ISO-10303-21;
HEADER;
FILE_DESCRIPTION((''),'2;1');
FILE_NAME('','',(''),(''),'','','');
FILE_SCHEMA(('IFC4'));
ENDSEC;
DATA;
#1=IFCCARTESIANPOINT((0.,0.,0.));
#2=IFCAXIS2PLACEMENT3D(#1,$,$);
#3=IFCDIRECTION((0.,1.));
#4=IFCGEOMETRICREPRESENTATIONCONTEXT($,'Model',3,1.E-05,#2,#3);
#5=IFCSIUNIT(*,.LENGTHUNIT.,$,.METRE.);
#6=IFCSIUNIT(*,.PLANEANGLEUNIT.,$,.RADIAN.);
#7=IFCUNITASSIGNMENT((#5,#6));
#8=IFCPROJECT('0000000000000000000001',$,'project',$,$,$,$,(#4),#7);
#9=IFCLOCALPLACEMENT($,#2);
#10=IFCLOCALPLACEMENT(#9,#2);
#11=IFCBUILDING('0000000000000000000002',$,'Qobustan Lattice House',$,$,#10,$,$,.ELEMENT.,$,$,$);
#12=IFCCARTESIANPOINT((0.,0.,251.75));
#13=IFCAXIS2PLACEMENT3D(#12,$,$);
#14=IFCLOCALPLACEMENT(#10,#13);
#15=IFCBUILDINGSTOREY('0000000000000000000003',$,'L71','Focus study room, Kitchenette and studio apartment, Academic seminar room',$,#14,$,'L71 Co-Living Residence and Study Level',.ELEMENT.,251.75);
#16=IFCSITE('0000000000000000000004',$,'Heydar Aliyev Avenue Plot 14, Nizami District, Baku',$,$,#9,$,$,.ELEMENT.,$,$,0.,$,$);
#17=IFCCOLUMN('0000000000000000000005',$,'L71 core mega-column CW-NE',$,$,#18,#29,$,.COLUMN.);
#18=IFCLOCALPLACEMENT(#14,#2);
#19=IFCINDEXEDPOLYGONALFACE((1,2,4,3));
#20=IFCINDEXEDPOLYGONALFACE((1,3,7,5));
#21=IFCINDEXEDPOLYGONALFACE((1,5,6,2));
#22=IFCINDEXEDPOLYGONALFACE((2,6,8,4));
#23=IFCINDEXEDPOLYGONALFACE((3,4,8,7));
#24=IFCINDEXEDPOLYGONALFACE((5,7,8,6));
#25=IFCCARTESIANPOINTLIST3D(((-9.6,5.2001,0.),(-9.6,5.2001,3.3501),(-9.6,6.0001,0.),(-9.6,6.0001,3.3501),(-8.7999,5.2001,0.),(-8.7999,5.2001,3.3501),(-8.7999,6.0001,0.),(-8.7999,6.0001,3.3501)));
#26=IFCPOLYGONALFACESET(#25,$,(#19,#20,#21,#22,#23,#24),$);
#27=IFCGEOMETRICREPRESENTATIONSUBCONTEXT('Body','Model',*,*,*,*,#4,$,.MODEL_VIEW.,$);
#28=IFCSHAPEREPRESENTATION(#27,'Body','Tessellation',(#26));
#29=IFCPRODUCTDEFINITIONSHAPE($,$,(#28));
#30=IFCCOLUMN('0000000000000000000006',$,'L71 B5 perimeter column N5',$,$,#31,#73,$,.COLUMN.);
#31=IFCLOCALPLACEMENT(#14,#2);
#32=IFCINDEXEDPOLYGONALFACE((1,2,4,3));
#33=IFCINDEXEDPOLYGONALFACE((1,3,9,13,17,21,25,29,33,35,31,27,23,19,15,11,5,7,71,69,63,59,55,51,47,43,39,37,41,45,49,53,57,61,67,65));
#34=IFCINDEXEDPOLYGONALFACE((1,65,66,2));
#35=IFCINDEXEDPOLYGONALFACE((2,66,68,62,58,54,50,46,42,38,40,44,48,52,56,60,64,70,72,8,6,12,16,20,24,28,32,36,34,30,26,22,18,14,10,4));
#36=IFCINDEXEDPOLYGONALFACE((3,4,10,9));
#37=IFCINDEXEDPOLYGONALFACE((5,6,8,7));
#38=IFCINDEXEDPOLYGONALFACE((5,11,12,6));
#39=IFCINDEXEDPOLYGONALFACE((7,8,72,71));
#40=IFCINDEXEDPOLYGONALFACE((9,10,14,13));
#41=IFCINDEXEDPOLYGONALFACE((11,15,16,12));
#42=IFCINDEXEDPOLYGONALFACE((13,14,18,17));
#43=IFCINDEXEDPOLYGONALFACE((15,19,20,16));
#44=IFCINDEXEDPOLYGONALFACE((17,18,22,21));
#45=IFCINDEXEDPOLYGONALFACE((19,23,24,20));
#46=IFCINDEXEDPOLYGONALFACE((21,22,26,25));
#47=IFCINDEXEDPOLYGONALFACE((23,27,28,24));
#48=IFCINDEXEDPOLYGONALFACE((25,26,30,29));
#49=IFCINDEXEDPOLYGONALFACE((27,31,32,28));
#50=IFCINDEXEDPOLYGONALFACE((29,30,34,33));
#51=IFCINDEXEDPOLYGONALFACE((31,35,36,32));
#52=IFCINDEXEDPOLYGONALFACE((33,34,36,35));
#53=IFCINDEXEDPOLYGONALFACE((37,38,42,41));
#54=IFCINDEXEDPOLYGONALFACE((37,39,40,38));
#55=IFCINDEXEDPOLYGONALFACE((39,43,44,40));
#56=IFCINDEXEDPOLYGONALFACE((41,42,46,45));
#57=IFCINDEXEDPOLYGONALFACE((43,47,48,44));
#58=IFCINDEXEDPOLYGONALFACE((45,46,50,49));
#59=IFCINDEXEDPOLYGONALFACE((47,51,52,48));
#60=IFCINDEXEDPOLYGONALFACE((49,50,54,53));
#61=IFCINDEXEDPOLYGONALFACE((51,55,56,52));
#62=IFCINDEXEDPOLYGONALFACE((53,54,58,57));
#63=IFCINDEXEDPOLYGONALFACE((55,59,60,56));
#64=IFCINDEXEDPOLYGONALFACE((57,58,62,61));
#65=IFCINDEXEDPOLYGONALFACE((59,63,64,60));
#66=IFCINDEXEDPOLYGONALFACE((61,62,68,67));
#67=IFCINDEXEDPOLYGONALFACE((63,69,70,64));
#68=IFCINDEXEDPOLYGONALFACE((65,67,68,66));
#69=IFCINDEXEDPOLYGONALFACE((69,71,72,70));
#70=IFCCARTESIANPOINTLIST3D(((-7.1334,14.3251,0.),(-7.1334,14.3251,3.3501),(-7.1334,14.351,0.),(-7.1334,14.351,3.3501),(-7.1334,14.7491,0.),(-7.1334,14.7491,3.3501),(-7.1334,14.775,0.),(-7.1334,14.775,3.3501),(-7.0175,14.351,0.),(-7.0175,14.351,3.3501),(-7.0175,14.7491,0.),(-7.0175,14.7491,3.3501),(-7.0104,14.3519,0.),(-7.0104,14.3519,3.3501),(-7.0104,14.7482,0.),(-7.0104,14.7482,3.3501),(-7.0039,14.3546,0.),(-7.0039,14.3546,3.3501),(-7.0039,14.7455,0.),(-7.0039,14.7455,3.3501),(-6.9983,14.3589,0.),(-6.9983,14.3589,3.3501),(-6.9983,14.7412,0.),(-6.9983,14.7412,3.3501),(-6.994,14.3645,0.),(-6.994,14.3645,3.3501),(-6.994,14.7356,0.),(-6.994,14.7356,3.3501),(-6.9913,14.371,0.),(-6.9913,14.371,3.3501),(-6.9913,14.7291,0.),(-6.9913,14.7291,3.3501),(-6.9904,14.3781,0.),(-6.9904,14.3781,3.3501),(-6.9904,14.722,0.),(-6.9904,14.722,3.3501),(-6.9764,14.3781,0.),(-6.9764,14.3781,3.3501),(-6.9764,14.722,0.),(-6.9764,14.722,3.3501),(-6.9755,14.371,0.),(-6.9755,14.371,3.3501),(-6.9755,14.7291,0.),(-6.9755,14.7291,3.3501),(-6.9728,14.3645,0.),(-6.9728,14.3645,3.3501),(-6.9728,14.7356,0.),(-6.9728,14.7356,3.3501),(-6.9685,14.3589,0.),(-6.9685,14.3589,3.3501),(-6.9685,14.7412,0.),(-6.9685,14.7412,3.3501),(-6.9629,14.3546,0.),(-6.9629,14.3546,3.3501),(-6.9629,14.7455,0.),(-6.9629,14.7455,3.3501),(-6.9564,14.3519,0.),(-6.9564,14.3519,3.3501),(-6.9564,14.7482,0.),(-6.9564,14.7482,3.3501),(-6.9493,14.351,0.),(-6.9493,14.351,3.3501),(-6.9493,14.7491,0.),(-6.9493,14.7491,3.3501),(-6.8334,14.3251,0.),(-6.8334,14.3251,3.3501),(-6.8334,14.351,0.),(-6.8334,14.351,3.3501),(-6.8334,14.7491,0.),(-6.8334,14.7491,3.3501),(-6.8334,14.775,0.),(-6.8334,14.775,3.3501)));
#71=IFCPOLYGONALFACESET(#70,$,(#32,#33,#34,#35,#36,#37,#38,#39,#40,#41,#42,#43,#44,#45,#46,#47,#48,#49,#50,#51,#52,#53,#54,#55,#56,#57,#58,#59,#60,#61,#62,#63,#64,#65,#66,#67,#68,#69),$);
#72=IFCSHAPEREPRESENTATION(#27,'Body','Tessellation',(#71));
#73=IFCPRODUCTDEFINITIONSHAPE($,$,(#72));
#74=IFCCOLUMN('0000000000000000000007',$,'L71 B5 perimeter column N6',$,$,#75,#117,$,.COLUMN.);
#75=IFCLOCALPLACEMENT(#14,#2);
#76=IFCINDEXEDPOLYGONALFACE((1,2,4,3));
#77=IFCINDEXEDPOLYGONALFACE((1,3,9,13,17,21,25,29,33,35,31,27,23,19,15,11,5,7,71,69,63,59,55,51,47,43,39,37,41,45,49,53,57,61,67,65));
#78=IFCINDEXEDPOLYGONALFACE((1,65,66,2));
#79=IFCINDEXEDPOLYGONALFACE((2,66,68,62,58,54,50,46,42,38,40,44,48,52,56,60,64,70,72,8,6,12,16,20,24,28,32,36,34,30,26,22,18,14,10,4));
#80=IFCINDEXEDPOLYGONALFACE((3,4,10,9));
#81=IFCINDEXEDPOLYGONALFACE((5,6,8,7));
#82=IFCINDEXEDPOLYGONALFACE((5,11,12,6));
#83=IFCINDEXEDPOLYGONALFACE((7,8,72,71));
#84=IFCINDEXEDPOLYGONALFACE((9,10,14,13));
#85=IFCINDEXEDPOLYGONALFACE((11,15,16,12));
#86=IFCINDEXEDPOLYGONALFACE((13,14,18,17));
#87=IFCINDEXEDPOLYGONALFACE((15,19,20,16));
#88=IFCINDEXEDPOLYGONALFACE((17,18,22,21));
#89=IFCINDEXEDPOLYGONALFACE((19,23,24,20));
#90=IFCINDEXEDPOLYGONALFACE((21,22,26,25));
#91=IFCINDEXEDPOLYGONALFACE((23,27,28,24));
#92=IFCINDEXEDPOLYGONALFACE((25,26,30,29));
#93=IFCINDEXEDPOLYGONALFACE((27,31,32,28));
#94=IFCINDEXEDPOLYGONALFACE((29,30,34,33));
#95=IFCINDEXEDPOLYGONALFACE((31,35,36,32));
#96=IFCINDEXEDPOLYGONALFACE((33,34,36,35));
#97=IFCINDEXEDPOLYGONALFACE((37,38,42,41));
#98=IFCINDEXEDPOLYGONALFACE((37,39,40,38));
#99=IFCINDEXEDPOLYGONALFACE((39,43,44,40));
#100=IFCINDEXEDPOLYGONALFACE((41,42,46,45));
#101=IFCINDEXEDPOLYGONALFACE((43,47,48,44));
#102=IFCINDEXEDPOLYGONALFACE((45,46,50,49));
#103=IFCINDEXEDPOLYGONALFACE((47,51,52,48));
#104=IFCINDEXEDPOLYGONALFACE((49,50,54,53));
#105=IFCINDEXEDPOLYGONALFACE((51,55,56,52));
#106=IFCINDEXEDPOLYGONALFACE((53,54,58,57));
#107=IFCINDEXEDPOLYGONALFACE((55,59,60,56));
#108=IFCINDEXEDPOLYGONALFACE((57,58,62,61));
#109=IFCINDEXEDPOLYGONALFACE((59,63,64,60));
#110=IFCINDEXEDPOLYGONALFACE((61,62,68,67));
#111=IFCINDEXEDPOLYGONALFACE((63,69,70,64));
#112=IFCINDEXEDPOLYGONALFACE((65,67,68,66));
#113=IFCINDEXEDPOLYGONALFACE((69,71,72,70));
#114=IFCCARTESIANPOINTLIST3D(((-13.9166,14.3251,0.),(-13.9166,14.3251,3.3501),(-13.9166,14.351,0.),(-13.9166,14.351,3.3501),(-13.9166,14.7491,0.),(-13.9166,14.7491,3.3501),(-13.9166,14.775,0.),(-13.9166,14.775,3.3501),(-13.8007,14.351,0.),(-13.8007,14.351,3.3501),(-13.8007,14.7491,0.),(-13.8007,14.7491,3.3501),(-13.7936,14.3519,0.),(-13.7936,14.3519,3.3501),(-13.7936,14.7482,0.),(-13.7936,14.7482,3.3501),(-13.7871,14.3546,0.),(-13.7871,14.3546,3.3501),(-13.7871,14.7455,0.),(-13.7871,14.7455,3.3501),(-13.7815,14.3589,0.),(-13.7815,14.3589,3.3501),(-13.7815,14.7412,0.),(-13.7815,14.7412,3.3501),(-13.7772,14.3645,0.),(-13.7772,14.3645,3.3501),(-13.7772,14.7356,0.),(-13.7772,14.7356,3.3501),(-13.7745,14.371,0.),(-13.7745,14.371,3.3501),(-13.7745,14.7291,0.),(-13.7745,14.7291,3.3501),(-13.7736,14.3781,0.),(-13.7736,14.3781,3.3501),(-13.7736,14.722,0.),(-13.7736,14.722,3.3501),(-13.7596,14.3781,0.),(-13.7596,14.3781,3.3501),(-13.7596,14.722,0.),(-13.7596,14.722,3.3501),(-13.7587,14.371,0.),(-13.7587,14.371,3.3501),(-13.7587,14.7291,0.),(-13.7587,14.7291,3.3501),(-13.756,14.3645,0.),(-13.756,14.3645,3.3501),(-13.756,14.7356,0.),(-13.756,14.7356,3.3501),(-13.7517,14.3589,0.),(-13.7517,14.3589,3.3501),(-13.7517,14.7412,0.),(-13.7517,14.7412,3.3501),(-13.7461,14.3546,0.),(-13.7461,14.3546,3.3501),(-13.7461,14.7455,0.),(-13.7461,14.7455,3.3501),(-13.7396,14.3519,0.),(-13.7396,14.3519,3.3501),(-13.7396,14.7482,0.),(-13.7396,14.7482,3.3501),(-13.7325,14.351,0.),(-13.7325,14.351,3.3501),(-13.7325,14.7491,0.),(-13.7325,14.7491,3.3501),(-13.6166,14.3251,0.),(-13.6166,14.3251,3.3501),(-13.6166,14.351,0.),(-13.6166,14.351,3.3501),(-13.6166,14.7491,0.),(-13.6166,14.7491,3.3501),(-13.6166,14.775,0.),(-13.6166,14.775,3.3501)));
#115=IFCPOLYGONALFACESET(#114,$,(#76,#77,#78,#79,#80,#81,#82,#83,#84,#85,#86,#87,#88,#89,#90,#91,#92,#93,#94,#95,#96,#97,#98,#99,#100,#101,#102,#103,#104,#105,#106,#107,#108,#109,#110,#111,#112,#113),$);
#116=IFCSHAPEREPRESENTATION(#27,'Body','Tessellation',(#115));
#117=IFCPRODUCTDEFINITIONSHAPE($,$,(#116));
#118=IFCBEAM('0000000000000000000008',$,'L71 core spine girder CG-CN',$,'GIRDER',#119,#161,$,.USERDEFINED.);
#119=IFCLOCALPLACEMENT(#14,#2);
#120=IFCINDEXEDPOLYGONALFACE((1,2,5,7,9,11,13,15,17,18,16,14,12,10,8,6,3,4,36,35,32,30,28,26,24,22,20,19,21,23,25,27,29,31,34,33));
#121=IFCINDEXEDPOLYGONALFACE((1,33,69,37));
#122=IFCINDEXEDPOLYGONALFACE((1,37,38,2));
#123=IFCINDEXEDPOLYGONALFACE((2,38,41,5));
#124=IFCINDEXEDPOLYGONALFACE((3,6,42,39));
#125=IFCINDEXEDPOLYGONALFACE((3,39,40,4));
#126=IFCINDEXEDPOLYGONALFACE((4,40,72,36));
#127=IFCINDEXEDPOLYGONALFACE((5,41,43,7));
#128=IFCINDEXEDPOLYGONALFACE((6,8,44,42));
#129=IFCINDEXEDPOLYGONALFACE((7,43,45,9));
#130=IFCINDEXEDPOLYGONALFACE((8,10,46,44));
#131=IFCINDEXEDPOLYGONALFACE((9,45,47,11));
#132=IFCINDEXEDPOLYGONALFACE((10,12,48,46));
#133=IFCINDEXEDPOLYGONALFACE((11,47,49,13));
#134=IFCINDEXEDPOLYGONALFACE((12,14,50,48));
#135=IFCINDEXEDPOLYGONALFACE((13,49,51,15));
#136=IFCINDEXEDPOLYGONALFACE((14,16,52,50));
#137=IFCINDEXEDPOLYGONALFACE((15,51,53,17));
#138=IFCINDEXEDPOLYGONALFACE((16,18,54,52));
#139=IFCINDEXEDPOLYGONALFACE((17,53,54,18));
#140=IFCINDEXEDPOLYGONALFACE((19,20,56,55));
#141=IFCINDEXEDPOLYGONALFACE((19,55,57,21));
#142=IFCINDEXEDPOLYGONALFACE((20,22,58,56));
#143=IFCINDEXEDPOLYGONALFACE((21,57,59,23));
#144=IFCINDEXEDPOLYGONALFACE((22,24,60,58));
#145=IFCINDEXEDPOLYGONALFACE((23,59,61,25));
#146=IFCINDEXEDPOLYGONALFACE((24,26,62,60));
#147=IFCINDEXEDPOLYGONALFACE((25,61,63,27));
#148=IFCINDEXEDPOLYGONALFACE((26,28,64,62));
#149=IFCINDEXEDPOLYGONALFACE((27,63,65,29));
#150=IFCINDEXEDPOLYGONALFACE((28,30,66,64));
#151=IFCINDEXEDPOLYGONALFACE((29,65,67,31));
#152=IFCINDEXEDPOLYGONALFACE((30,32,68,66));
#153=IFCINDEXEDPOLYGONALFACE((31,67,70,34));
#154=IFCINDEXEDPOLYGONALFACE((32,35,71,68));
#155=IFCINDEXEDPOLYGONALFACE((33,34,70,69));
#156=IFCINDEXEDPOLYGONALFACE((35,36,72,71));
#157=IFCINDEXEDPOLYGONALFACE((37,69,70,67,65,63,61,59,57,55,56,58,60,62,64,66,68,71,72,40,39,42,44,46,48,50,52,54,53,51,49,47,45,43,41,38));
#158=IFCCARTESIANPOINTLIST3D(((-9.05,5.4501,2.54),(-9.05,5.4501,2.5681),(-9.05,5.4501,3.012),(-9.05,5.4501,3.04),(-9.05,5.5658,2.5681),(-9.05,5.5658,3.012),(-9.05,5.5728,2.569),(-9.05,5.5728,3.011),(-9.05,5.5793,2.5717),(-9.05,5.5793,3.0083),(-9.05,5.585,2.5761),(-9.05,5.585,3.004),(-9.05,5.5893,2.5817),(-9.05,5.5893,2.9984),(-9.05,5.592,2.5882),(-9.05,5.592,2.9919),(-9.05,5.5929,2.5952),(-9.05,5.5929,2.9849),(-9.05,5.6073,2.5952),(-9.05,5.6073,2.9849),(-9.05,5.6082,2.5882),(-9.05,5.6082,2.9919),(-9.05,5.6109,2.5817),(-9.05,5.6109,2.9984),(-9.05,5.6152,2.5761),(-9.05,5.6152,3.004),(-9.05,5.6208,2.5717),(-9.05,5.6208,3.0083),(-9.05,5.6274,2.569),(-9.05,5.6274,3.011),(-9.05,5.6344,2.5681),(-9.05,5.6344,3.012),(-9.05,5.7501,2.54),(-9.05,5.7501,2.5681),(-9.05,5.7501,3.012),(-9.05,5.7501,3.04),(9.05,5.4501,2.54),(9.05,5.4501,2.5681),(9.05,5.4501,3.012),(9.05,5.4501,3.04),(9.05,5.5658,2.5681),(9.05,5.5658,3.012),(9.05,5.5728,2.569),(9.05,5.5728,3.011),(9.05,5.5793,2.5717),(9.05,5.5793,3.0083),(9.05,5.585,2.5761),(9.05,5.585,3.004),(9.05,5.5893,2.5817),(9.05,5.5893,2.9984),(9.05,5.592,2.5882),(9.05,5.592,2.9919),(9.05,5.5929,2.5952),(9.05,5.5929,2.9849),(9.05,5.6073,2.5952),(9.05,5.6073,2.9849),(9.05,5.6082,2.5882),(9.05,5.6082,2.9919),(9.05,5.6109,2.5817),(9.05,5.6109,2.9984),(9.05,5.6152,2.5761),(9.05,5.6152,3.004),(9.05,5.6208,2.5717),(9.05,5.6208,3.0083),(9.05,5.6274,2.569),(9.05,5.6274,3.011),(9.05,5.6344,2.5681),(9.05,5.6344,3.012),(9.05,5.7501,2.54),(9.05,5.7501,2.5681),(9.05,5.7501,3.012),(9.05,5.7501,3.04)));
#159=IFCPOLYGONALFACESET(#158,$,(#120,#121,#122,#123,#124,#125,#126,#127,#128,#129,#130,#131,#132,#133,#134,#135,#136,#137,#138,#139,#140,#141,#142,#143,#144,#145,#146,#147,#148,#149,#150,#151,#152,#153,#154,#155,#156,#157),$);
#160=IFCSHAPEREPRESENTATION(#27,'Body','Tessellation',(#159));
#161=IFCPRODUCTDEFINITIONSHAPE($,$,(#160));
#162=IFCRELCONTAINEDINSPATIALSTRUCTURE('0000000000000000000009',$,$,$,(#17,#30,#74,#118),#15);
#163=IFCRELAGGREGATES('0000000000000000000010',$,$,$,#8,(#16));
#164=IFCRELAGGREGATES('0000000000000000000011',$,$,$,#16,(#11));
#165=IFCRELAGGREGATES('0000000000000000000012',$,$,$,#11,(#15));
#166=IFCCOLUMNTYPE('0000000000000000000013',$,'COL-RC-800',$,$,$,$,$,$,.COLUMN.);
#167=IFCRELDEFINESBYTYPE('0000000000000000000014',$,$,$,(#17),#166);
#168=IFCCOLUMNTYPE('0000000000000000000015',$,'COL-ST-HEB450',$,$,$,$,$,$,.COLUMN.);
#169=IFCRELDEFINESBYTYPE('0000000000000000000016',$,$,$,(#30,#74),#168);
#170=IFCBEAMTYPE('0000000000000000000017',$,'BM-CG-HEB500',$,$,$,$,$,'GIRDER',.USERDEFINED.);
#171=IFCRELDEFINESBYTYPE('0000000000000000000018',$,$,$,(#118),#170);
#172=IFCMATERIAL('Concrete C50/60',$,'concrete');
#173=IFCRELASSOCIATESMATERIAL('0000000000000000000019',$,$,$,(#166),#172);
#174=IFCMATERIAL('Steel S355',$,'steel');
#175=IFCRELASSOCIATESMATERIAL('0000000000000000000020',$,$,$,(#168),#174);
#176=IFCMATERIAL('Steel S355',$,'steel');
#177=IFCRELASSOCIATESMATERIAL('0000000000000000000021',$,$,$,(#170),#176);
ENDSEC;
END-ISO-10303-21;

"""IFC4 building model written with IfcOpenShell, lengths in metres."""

from ifc_helpers import new_model, si_unit, direction, frame, origin, origin_2d, place, context, subcontext, project, spatial, rectangle, i_section, extrude, material, material_profile, profile_set, type_object, element, save


model = new_model("IFC4")

# Units and contexts
model_context = context("Model", 3, precision=1e-05, world=origin(), true_north=direction((0.0, 1.0)))
body_context = subcontext(model_context, "Body", "Model", "MODEL_VIEW")
ifc_project = project(units=[si_unit("LENGTHUNIT", "METRE"), si_unit("PLANEANGLEUNIT", "RADIAN")], contexts=[model_context])

# Site, building, storey
site_placement = place(None, origin())
site = spatial("IfcSite", under=ifc_project, at=site_placement, Name="Heydar Aliyev Avenue Plot 14, Nizami District, Baku", CompositionType="ELEMENT", RefElevation=0.0)
building_placement = place(site_placement, origin())
building = spatial("IfcBuilding", under=site, at=building_placement, Name="Qobustan Lattice House", CompositionType="ELEMENT")
storey_placement = place(building_placement, frame((0.0, 0.0, 251.75)))
storey = spatial("IfcBuildingStorey", under=building, at=storey_placement, Name="L71", Description="Focus study room, Kitchenette and studio apartment, Academic seminar room", LongName="L71 Co-Living Residence and Study Level", CompositionType="ELEMENT", Elevation=251.75)

# Columns
ifc_material_1 = material(Name="Concrete C50/60", Category="concrete")
ifc_material_profile_1 = material_profile(ifc_material_1, rectangle(XDim=0.8, YDim=0.8, at=origin_2d()), Name="RC800x800")
ifc_profile_set_1 = profile_set([ifc_material_profile_1], Name="Concrete C50/60")
column_type_1 = type_object("IfcColumnType", Name="COL-RC-800", PredefinedType="COLUMN", material=ifc_profile_set_1)
column_placement = place(storey_placement, frame((-9.2, 5.6001, 0.0), z_axis=(0.0, 0.0, 1.0), x_axis=(1.0, 0.0, 0.0)))
element("IfcColumn", 1, at=column_placement, inside=storey, type_object=column_type_1, Name="L71 core mega-column CW-NE", PredefinedType="COLUMN", context=body_context, shape_type="SweptSolid", body=[
    extrude(rectangle(XDim=0.8, YDim=0.8, at=origin_2d()), origin(), (0.0, 0.0, 1.0), 3.3501),
])
ifc_material_2 = material(Name="Steel S355", Category="steel")
ifc_material_profile_2 = material_profile(ifc_material_2, i_section(OverallWidth=0.3, OverallDepth=0.45, WebThickness=0.0139, FlangeThickness=0.0259, FilletRadius=0.0271, at=origin_2d()), Name="HEB450")
ifc_profile_set_2 = profile_set([ifc_material_profile_2], Name="Steel S355")
column_type_2 = type_object("IfcColumnType", Name="COL-ST-HEB450", PredefinedType="COLUMN", material=ifc_profile_set_2)
for number, where, z_axis, x_axis, name in (
    (2, (-6.9834, 14.55, 0.0), (0.0, 0.0, 1.0), (1.0, 0.0, 0.0), "L71 B5 perimeter column N5"),
    (3, (-13.7666, 14.55, 0.0), (0.0, 0.0, 1.0), (1.0, 0.0, 0.0), "L71 B5 perimeter column N6"),
):
    element("IfcColumn", number, at=place(storey_placement, frame(where, z_axis=z_axis, x_axis=x_axis)), inside=storey, type_object=column_type_2, Name=name, PredefinedType="COLUMN", context=body_context, shape_type="SweptSolid", body=[
        extrude(i_section(OverallWidth=0.3, OverallDepth=0.45, WebThickness=0.0139, FlangeThickness=0.0259, FilletRadius=0.0271, at=origin_2d()), origin(), (0.0, 0.0, 1.0), 3.3501),
    ])

# Beam
ifc_material_3 = material(Name="Steel S355", Category="steel")
ifc_material_profile_3 = material_profile(ifc_material_3, i_section(OverallWidth=0.3, OverallDepth=0.5, WebThickness=0.0144, FlangeThickness=0.0281, FilletRadius=0.0271, at=origin_2d()), Name="HEB500")
ifc_profile_set_3 = profile_set([ifc_material_profile_3], Name="Steel S355")
beam_type_1 = type_object("IfcBeamType", Name="BM-CG-HEB500", ElementType="GIRDER", PredefinedType="USERDEFINED", material=ifc_profile_set_3)
beam_1_placement = place(storey_placement, frame((-9.05, 5.6001, 2.79), z_axis=(1.0, 0.0, 0.0), x_axis=(0.0, 1.0, 0.0)))
element("IfcBeam", 4, at=beam_1_placement, inside=storey, type_object=beam_type_1, Name="L71 core spine girder CG-CN", ObjectType="GIRDER", PredefinedType="USERDEFINED", context=body_context, shape_type="SweptSolid", body=[
    extrude(i_section(OverallWidth=0.3, OverallDepth=0.5, WebThickness=0.0144, FlangeThickness=0.0281, FilletRadius=0.0271, at=origin_2d()), origin(), (0.0, 0.0, 1.0), 18.1001),
])

save(model, "model.ifc")
